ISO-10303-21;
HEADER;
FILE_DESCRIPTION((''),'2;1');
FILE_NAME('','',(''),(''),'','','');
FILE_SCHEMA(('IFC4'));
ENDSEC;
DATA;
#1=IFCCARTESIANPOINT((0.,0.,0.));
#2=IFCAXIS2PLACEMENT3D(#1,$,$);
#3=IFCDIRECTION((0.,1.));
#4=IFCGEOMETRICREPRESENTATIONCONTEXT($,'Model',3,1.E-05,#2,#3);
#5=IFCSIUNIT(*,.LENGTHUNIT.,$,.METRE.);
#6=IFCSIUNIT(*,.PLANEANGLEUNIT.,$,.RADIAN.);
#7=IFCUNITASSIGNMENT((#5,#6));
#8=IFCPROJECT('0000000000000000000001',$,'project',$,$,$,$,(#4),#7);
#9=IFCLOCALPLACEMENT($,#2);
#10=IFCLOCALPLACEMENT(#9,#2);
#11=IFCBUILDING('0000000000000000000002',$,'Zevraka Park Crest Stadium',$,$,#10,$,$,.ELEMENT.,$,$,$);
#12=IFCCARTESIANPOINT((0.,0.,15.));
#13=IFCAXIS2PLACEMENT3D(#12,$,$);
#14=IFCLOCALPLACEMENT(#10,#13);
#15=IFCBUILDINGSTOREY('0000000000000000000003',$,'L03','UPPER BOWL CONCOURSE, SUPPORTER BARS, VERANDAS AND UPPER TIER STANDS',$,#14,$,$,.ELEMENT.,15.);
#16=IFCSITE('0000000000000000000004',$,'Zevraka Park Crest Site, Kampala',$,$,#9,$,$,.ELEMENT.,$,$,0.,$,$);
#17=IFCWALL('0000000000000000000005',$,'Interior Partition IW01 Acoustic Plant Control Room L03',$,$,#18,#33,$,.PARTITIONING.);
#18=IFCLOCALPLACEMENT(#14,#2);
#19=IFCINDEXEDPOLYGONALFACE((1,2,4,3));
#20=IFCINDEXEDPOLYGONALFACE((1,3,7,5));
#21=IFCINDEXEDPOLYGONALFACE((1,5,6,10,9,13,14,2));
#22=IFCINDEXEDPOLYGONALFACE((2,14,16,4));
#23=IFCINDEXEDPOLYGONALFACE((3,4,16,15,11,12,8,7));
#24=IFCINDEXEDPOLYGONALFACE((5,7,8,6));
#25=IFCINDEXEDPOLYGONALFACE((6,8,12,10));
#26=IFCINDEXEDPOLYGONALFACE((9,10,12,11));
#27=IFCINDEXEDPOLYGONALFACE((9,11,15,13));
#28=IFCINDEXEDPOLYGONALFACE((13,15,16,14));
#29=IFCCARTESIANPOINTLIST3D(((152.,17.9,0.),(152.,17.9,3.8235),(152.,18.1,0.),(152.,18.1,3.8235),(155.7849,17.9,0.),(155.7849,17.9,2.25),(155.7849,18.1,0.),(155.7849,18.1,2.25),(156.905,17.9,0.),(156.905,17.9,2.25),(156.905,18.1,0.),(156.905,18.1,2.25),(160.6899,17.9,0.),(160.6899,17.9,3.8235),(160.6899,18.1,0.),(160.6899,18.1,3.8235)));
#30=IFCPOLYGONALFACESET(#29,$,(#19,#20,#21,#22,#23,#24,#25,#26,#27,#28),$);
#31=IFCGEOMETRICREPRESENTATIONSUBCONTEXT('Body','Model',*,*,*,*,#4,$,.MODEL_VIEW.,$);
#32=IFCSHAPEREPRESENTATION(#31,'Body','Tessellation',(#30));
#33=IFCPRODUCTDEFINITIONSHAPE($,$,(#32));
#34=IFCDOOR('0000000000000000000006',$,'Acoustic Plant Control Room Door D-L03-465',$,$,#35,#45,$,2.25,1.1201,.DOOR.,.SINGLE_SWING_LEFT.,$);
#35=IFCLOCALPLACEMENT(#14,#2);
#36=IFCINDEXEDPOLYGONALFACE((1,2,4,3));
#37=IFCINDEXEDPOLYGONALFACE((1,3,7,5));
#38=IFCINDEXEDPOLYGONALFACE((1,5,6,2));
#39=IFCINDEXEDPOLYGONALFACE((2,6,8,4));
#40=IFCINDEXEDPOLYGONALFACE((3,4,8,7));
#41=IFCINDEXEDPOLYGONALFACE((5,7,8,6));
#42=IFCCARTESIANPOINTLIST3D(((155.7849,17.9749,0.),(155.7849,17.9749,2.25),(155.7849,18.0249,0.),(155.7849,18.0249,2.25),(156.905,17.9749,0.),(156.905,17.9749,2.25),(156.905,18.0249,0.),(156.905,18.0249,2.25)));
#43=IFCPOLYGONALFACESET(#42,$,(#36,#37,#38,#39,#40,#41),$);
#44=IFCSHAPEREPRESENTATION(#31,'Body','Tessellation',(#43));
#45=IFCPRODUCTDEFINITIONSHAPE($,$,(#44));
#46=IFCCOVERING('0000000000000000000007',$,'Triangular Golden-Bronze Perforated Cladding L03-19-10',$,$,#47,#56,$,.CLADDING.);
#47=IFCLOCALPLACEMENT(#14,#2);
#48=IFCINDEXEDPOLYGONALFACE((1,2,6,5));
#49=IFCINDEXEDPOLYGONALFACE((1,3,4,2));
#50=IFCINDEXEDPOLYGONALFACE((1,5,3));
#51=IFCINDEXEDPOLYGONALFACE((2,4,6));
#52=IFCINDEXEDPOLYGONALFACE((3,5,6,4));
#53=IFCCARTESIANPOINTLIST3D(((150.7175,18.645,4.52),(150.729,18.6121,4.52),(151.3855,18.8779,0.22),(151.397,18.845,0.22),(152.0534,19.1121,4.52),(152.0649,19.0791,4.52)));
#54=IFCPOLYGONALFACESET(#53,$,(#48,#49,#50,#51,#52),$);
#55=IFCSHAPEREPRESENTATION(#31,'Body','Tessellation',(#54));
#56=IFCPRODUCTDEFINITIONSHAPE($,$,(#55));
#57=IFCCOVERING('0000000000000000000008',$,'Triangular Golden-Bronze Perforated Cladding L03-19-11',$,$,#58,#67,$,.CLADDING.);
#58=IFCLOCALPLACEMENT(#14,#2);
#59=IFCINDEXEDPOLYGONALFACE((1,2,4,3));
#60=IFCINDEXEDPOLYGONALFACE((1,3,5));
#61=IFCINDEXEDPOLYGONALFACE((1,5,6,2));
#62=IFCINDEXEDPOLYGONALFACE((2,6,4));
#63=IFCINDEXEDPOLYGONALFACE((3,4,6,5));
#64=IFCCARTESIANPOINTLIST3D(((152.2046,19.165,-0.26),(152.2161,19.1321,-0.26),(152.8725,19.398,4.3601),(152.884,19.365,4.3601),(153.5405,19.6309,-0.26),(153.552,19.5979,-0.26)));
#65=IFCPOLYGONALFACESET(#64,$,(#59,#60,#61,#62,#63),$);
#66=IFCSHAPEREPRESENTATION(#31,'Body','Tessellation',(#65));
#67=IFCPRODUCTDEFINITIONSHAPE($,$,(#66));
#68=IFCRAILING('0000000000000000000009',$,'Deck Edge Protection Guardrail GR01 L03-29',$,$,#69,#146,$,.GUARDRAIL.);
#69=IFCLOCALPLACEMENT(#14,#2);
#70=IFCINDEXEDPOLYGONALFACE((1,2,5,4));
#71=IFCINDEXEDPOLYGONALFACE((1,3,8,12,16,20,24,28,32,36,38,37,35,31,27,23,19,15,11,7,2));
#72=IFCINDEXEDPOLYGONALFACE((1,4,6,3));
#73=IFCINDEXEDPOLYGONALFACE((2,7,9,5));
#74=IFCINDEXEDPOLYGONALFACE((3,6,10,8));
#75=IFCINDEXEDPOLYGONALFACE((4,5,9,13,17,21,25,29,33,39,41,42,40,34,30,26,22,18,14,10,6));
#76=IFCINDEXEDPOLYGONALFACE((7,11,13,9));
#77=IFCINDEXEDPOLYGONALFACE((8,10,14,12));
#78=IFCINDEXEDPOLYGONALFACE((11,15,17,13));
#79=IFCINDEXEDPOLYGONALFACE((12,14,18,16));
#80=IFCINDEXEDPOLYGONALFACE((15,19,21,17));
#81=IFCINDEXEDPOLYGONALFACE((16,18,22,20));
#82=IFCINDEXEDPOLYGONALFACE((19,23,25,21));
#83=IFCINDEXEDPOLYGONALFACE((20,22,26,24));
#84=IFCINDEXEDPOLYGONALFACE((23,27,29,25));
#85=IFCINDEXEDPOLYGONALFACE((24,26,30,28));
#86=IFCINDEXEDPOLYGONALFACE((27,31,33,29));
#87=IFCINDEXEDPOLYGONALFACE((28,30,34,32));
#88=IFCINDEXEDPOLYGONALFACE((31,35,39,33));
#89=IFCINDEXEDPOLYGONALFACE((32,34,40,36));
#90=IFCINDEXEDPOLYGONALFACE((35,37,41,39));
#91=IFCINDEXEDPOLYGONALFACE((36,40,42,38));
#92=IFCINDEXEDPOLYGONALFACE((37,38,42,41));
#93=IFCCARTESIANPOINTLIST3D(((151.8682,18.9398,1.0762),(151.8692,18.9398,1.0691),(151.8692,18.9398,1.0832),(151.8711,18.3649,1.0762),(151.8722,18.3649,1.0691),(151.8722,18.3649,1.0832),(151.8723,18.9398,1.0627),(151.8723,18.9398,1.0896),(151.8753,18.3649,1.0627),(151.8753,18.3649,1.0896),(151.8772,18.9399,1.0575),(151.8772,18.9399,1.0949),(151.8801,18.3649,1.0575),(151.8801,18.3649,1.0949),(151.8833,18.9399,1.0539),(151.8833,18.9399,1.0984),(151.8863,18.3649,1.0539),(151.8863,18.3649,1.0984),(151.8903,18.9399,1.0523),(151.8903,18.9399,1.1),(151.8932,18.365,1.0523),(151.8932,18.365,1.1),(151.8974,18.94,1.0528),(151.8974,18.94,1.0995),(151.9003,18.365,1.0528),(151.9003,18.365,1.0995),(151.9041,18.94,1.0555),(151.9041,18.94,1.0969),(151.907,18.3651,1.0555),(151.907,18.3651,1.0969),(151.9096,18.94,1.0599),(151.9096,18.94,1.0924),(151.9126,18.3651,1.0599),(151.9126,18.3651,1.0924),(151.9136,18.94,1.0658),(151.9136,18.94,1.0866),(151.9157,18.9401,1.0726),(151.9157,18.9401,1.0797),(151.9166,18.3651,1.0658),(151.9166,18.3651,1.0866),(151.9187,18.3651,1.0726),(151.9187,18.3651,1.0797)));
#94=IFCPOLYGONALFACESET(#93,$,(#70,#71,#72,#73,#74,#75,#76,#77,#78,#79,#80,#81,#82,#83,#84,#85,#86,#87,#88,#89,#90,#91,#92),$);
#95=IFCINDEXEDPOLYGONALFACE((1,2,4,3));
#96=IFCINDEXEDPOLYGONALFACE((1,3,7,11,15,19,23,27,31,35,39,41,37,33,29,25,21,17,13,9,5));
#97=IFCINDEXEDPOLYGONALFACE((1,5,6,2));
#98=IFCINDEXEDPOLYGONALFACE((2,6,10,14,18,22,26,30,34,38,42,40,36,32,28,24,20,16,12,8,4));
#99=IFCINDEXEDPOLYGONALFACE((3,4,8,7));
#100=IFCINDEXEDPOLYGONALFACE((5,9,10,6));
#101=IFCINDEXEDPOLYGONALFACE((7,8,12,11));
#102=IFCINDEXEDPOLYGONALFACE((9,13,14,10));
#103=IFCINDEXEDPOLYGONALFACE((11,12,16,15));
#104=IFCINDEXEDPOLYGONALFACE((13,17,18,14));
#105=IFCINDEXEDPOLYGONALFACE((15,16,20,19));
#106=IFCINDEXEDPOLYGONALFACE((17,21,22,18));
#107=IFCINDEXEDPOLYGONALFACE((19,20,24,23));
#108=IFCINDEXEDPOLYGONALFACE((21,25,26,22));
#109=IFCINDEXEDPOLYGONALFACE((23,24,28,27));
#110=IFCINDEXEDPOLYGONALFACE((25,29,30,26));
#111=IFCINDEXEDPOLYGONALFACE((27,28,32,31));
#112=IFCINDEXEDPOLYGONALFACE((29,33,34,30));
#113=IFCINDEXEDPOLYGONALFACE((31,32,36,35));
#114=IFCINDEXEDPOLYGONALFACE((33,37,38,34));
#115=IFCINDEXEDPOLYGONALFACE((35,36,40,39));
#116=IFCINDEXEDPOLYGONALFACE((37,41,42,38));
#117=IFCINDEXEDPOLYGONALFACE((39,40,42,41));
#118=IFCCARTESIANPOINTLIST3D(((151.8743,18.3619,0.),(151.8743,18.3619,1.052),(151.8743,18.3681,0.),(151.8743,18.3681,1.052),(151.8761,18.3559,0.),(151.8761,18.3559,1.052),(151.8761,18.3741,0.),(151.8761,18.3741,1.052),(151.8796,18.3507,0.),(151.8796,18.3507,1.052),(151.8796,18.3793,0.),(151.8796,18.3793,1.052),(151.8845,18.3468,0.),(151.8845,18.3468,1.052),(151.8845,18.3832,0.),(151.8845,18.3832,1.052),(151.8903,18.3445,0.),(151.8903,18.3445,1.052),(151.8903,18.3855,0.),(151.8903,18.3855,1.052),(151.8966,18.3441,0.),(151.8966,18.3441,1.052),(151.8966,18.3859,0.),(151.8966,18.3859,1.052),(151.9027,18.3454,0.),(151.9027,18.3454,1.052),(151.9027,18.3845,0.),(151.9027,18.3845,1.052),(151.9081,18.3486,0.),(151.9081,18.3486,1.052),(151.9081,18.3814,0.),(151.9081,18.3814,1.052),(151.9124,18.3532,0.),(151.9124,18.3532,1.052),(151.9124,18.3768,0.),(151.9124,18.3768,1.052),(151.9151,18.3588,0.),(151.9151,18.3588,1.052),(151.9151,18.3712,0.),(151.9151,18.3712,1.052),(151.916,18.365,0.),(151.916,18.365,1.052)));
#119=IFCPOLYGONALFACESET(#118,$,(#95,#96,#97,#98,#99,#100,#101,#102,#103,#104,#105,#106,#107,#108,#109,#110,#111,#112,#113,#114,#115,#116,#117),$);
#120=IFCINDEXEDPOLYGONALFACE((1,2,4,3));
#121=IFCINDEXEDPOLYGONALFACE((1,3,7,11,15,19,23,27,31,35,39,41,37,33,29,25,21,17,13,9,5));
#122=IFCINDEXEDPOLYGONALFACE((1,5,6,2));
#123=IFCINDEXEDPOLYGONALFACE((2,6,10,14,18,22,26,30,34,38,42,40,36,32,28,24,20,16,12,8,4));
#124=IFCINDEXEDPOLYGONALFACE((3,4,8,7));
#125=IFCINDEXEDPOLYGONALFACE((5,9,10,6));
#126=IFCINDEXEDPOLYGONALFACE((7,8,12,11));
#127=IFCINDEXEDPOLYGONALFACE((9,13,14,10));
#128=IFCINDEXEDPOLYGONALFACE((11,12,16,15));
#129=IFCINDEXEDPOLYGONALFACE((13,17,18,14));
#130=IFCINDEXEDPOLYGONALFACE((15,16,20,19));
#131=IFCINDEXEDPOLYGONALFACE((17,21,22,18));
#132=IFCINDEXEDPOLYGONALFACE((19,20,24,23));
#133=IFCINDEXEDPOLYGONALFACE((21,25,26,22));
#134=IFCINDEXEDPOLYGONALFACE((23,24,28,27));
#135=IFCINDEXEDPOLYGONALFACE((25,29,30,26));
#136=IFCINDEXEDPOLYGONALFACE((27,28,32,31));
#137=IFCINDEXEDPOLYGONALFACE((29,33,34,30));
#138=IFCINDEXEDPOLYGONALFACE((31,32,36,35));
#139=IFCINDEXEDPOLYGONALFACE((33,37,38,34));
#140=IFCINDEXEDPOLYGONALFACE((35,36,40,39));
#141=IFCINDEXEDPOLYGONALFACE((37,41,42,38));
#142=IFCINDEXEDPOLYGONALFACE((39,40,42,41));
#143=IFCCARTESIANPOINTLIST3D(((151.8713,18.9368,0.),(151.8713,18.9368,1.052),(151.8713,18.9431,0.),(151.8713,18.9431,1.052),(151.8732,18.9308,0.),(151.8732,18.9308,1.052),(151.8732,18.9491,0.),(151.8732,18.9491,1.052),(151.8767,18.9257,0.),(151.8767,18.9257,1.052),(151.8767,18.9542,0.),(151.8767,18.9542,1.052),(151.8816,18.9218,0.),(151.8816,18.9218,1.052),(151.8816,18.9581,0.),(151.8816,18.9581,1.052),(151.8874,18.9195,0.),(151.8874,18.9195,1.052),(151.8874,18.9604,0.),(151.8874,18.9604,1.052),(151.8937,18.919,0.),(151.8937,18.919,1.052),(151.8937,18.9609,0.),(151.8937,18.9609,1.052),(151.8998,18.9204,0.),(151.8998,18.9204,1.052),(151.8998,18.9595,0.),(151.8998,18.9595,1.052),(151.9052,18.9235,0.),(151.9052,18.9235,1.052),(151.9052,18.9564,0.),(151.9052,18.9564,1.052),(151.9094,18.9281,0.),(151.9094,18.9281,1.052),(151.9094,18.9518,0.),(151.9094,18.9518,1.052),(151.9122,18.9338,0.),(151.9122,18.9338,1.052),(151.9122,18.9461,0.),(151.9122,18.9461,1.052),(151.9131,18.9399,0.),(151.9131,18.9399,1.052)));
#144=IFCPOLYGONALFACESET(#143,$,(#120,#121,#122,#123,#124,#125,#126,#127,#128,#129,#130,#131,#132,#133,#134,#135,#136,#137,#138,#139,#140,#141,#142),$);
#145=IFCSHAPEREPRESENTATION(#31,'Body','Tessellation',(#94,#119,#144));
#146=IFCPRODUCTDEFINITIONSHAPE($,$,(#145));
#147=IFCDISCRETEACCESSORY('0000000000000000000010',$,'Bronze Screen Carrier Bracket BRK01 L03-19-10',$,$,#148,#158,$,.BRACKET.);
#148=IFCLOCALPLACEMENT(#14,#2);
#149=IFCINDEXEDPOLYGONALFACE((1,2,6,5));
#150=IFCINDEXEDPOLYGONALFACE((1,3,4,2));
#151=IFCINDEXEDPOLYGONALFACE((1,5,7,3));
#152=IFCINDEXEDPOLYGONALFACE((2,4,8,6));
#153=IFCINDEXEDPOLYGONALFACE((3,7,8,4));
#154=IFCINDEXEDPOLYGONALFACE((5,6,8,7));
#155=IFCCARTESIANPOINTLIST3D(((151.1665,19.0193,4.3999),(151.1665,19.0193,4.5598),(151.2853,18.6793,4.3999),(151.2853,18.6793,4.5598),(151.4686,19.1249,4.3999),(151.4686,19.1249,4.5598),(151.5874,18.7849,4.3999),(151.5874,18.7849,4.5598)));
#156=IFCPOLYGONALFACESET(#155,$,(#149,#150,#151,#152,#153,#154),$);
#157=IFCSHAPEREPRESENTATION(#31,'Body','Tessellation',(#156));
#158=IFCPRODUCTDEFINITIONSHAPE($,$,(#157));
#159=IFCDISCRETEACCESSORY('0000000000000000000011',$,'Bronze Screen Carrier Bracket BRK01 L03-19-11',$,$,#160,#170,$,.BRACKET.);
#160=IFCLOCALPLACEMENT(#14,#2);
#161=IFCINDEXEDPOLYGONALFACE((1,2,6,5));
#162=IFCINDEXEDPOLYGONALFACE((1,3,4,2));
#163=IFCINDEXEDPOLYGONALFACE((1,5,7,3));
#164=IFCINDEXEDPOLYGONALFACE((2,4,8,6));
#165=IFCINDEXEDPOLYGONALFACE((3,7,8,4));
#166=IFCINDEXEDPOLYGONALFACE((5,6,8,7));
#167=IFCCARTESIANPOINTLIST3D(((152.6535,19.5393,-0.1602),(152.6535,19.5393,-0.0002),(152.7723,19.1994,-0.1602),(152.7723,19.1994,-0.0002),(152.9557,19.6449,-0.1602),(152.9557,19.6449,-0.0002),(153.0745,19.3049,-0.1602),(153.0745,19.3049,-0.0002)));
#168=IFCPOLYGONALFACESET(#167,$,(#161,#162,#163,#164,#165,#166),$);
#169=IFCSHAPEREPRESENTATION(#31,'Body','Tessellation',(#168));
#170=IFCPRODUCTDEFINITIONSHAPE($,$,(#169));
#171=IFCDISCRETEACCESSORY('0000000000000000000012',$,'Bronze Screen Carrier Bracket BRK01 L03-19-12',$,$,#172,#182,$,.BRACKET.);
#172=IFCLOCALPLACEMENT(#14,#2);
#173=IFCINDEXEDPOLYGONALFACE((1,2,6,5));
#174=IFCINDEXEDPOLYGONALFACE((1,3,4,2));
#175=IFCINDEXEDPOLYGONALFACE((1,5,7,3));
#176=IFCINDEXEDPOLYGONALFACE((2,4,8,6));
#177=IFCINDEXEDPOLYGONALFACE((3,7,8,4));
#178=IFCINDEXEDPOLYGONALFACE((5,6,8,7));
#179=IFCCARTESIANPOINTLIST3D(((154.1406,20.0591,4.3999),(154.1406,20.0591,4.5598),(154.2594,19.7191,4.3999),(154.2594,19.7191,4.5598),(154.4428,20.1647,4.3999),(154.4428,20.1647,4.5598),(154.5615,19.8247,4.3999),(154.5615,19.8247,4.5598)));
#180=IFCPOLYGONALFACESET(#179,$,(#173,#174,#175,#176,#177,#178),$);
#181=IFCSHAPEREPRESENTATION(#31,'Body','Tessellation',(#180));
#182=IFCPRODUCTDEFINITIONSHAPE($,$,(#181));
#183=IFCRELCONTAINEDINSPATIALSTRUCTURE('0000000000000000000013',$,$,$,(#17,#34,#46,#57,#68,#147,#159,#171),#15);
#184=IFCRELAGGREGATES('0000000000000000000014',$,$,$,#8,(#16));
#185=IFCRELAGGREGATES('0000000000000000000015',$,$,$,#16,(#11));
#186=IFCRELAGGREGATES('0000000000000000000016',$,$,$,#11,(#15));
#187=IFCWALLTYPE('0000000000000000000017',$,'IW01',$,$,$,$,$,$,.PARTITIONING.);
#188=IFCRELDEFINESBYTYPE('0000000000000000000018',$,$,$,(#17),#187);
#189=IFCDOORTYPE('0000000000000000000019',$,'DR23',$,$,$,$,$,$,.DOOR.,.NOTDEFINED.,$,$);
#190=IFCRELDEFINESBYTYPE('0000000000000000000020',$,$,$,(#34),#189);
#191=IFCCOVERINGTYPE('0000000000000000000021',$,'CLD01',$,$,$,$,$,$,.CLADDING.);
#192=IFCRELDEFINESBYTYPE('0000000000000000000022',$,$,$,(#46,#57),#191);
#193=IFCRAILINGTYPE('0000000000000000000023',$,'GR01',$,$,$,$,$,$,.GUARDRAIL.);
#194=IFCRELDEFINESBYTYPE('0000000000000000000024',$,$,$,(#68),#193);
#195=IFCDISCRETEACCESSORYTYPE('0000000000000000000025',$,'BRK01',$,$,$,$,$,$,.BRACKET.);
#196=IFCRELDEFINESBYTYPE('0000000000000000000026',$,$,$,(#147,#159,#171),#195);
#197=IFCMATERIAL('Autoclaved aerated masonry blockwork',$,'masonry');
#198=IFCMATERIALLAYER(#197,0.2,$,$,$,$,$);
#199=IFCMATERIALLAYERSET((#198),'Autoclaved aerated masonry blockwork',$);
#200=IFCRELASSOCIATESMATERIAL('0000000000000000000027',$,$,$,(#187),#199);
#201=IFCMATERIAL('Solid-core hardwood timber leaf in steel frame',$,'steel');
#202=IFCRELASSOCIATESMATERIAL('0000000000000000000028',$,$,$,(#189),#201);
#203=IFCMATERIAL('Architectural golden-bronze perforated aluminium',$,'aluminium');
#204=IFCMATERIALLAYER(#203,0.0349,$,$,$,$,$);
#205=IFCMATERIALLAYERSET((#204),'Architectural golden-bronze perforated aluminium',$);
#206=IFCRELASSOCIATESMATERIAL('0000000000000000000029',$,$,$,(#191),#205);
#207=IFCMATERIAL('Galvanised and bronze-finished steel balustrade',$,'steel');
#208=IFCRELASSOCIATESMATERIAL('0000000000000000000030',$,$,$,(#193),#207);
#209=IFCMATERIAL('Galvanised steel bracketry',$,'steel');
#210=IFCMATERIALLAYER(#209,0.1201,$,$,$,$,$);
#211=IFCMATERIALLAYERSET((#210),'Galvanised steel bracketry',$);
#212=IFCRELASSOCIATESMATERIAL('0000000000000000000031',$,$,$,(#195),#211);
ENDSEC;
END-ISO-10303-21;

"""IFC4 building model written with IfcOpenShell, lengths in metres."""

from ifc_helpers import new_model, si_unit, direction, frame, frame_2d, origin, origin_2d, place, context, subcontext, project, spatial, polyline, rectangle, circle, outline, extrude, material, layer, layer_set, type_object, element, fill, save


model = new_model("IFC4")

# Units and contexts
model_context = context("Model", 3, precision=1e-05, world=origin(), true_north=direction((0.0, 1.0)))
body_context = subcontext(model_context, "Body", "Model", "MODEL_VIEW")
ifc_project = project(units=[si_unit("LENGTHUNIT", "METRE"), si_unit("PLANEANGLEUNIT", "RADIAN")], contexts=[model_context])

# Site, building, storey
site_placement = place(None, origin())
site = spatial("IfcSite", under=ifc_project, at=site_placement, Name="Zevraka Park Crest Site, Kampala", CompositionType="ELEMENT", RefElevation=0.0)
building_placement = place(site_placement, origin())
building = spatial("IfcBuilding", under=site, at=building_placement, Name="Zevraka Park Crest Stadium", CompositionType="ELEMENT")
storey_placement = place(building_placement, frame((0.0, 0.0, 15.0)))
storey = spatial("IfcBuildingStorey", under=building, at=storey_placement, Name="L03", Description="UPPER BOWL CONCOURSE, SUPPORTER BARS, VERANDAS AND UPPER TIER STANDS", CompositionType="ELEMENT", Elevation=15.0)

# Wall, opening, door
ifc_material_1 = material(Name="Autoclaved aerated masonry blockwork", Category="masonry")
ifc_layer_1 = layer(ifc_material_1, 0.2)
ifc_layer_set_1 = layer_set([ifc_layer_1], Name="Autoclaved aerated masonry blockwork")
wall_type = type_object("IfcWallType", Name="IW01", PredefinedType="PARTITIONING", material=ifc_layer_set_1)
wall_placement = place(storey_placement, frame((152.0, 18.0, 0.0), z_axis=(0.0, 0.0, 1.0), x_axis=(1.0, 0.0, 0.0)))
wall = element("IfcWall", 1, at=wall_placement, inside=storey, type_object=wall_type, Name="Interior Partition IW01 Acoustic Plant Control Room L03", PredefinedType="PARTITIONING", context=body_context, shape_type="SweptSolid", body=[
    extrude(rectangle(XDim=8.6899, YDim=0.2, at=frame_2d((4.345, 0.0))), origin(), (0.0, 0.0, 1.0), 3.8235),
])
opening_placement = place(wall_placement, frame((3.7849, 0.0, 0.0)))
opening = element("IfcOpeningElement", 2, at=opening_placement, cuts=wall, PredefinedType="OPENING", context=body_context, shape_type="SweptSolid", body=[
    extrude(rectangle(XDim=1.1201, YDim=2.25, at=frame_2d((0.5601, 1.125))), frame((0.0, 0.1099, 0.0), z_axis=(0.0, -1.0, 0.0), x_axis=(1.0, 0.0, 0.0)), (0.0, 0.0, 1.0), 0.22),
])
ifc_material_2 = material(Name="Solid-core hardwood timber leaf in steel frame", Category="steel")
door_type = type_object("IfcDoorType", Name="DR23", OperationType="NOTDEFINED", PredefinedType="DOOR", material=ifc_material_2)
door_placement = place(opening_placement, origin())
door = element("IfcDoor", 3, at=door_placement, inside=storey, type_object=door_type, Name="Acoustic Plant Control Room Door D-L03-465", OperationType="SINGLE_SWING_LEFT", OverallHeight=2.25, OverallWidth=1.1201, PredefinedType="DOOR", context=body_context, shape_type="SweptSolid", body=[
    extrude(rectangle(XDim=1.1201, YDim=2.25, at=frame_2d((0.5601, 1.125))), frame((0.0, 0.0249, 0.0), z_axis=(0.0, -1.0, 0.0), x_axis=(1.0, 0.0, 0.0)), (0.0, 0.0, 1.0), 0.05),
])
fill(opening, door)

# Coverings
ifc_material_3 = material(Name="Architectural golden-bronze perforated aluminium", Category="aluminium")
ifc_layer_2 = layer(ifc_material_3, 0.0349)
ifc_layer_set_2 = layer_set([ifc_layer_2], Name="Architectural golden-bronze perforated aluminium")
covering_type = type_object("IfcCoveringType", Name="CLD01", PredefinedType="CLADDING", material=ifc_layer_set_2)
covering_1_placement = place(storey_placement, frame((152.0649, 19.0791, 4.52), z_axis=(0.330012, -0.943977, 0.000134), x_axis=(-0.943977, -0.330012, 0.0)))
element("IfcCovering", 4, at=covering_1_placement, inside=storey, type_object=covering_type, Name="Triangular Golden-Bronze Perforated Cladding L03-19-10", PredefinedType="CLADDING", context=body_context, shape_type="SweptSolid", body=[
    extrude(outline(polyline([(0.0, 0.0), (1.4152, 0.0), (0.7078, 4.3), (0.0, 0.0)])), origin(), (0.0, 0.0, -1.0), 0.0349),
])
covering_2_placement = place(storey_placement, frame((152.2161, 19.1321, -0.26), z_axis=(0.329243, -0.944245, 0.0), x_axis=(0.944245, 0.329243, 0.0)))
element("IfcCovering", 5, at=covering_2_placement, inside=storey, type_object=covering_type, Name="Triangular Golden-Bronze Perforated Cladding L03-19-11", PredefinedType="CLADDING", context=body_context, shape_type="SweptSolid", body=[
    extrude(outline(polyline([(0.0, 0.0), (1.4148, 0.0), (0.7074, 4.6201), (0.0, 0.0)])), origin(), (0.0, 0.0, -1.0), 0.0349),
])

# Railing
ifc_material_4 = material(Name="Galvanised and bronze-finished steel balustrade", Category="steel")
railing_type = type_object("IfcRailingType", Name="GR01", PredefinedType="GUARDRAIL", material=ifc_material_4)
railing_1_placement = place(storey_placement, frame((151.895, 18.365, 0.0)))
element("IfcRailing", 6, at=railing_1_placement, inside=storey, type_object=railing_type, Name="Deck Edge Protection Guardrail GR01 L03-29", PredefinedType="GUARDRAIL", context=body_context, shape_type="SweptSolid", body=[
    extrude(circle(Radius=0.0239, at=origin_2d()), frame((0.0, 0.0, 1.0762), z_axis=(-0.005095, 0.999987, 0.0), x_axis=(-0.999987, -0.005095, 0.0)), (0.0, 0.0, 1.0), 0.575),
    extrude(circle(Radius=0.021, at=origin_2d()), origin(), (0.0, 0.0, 1.0), 1.052),
    extrude(circle(Radius=0.021, at=origin_2d()), frame((-0.0029, 0.575, 0.0)), (0.0, 0.0, 1.0), 1.052),
])

# Discrete accessories
ifc_material_5 = material(Name="Galvanised steel bracketry", Category="steel")
ifc_layer_3 = layer(ifc_material_5, 0.1201)
ifc_layer_set_3 = layer_set([ifc_layer_3], Name="Galvanised steel bracketry")
discrete_accessory_type = type_object("IfcDiscreteAccessoryType", Name="BRK01", PredefinedType="BRACKET", material=ifc_layer_set_3)
for number, where, z_axis, x_axis, name in (
    (7, (151.377, 18.9021, 4.3999), (0.0, 0.0, 1.0), (0.944031, 0.329855, 0.0), "Bronze Screen Carrier Bracket BRK01 L03-19-10"),
    (8, (152.864, 19.4221, -0.1602), (0.0, 0.0, 1.0), (0.944031, 0.329855, 0.0), "Bronze Screen Carrier Bracket BRK01 L03-19-11"),
    (9, (154.3511, 19.9419, 4.3999), (0.0, 0.0, 1.0), (0.944031, 0.329855, 0.0), "Bronze Screen Carrier Bracket BRK01 L03-19-12"),
):
    element("IfcDiscreteAccessory", number, at=place(storey_placement, frame(where, z_axis=z_axis, x_axis=x_axis)), inside=storey, type_object=discrete_accessory_type, Name=name, PredefinedType="BRACKET", context=body_context, shape_type="SweptSolid", body=[
        extrude(rectangle(XDim=0.3201, YDim=0.3601, at=origin_2d()), origin(), (0.0, 0.0, 1.0), 0.1599),
    ])

save(model, "model.ifc")
